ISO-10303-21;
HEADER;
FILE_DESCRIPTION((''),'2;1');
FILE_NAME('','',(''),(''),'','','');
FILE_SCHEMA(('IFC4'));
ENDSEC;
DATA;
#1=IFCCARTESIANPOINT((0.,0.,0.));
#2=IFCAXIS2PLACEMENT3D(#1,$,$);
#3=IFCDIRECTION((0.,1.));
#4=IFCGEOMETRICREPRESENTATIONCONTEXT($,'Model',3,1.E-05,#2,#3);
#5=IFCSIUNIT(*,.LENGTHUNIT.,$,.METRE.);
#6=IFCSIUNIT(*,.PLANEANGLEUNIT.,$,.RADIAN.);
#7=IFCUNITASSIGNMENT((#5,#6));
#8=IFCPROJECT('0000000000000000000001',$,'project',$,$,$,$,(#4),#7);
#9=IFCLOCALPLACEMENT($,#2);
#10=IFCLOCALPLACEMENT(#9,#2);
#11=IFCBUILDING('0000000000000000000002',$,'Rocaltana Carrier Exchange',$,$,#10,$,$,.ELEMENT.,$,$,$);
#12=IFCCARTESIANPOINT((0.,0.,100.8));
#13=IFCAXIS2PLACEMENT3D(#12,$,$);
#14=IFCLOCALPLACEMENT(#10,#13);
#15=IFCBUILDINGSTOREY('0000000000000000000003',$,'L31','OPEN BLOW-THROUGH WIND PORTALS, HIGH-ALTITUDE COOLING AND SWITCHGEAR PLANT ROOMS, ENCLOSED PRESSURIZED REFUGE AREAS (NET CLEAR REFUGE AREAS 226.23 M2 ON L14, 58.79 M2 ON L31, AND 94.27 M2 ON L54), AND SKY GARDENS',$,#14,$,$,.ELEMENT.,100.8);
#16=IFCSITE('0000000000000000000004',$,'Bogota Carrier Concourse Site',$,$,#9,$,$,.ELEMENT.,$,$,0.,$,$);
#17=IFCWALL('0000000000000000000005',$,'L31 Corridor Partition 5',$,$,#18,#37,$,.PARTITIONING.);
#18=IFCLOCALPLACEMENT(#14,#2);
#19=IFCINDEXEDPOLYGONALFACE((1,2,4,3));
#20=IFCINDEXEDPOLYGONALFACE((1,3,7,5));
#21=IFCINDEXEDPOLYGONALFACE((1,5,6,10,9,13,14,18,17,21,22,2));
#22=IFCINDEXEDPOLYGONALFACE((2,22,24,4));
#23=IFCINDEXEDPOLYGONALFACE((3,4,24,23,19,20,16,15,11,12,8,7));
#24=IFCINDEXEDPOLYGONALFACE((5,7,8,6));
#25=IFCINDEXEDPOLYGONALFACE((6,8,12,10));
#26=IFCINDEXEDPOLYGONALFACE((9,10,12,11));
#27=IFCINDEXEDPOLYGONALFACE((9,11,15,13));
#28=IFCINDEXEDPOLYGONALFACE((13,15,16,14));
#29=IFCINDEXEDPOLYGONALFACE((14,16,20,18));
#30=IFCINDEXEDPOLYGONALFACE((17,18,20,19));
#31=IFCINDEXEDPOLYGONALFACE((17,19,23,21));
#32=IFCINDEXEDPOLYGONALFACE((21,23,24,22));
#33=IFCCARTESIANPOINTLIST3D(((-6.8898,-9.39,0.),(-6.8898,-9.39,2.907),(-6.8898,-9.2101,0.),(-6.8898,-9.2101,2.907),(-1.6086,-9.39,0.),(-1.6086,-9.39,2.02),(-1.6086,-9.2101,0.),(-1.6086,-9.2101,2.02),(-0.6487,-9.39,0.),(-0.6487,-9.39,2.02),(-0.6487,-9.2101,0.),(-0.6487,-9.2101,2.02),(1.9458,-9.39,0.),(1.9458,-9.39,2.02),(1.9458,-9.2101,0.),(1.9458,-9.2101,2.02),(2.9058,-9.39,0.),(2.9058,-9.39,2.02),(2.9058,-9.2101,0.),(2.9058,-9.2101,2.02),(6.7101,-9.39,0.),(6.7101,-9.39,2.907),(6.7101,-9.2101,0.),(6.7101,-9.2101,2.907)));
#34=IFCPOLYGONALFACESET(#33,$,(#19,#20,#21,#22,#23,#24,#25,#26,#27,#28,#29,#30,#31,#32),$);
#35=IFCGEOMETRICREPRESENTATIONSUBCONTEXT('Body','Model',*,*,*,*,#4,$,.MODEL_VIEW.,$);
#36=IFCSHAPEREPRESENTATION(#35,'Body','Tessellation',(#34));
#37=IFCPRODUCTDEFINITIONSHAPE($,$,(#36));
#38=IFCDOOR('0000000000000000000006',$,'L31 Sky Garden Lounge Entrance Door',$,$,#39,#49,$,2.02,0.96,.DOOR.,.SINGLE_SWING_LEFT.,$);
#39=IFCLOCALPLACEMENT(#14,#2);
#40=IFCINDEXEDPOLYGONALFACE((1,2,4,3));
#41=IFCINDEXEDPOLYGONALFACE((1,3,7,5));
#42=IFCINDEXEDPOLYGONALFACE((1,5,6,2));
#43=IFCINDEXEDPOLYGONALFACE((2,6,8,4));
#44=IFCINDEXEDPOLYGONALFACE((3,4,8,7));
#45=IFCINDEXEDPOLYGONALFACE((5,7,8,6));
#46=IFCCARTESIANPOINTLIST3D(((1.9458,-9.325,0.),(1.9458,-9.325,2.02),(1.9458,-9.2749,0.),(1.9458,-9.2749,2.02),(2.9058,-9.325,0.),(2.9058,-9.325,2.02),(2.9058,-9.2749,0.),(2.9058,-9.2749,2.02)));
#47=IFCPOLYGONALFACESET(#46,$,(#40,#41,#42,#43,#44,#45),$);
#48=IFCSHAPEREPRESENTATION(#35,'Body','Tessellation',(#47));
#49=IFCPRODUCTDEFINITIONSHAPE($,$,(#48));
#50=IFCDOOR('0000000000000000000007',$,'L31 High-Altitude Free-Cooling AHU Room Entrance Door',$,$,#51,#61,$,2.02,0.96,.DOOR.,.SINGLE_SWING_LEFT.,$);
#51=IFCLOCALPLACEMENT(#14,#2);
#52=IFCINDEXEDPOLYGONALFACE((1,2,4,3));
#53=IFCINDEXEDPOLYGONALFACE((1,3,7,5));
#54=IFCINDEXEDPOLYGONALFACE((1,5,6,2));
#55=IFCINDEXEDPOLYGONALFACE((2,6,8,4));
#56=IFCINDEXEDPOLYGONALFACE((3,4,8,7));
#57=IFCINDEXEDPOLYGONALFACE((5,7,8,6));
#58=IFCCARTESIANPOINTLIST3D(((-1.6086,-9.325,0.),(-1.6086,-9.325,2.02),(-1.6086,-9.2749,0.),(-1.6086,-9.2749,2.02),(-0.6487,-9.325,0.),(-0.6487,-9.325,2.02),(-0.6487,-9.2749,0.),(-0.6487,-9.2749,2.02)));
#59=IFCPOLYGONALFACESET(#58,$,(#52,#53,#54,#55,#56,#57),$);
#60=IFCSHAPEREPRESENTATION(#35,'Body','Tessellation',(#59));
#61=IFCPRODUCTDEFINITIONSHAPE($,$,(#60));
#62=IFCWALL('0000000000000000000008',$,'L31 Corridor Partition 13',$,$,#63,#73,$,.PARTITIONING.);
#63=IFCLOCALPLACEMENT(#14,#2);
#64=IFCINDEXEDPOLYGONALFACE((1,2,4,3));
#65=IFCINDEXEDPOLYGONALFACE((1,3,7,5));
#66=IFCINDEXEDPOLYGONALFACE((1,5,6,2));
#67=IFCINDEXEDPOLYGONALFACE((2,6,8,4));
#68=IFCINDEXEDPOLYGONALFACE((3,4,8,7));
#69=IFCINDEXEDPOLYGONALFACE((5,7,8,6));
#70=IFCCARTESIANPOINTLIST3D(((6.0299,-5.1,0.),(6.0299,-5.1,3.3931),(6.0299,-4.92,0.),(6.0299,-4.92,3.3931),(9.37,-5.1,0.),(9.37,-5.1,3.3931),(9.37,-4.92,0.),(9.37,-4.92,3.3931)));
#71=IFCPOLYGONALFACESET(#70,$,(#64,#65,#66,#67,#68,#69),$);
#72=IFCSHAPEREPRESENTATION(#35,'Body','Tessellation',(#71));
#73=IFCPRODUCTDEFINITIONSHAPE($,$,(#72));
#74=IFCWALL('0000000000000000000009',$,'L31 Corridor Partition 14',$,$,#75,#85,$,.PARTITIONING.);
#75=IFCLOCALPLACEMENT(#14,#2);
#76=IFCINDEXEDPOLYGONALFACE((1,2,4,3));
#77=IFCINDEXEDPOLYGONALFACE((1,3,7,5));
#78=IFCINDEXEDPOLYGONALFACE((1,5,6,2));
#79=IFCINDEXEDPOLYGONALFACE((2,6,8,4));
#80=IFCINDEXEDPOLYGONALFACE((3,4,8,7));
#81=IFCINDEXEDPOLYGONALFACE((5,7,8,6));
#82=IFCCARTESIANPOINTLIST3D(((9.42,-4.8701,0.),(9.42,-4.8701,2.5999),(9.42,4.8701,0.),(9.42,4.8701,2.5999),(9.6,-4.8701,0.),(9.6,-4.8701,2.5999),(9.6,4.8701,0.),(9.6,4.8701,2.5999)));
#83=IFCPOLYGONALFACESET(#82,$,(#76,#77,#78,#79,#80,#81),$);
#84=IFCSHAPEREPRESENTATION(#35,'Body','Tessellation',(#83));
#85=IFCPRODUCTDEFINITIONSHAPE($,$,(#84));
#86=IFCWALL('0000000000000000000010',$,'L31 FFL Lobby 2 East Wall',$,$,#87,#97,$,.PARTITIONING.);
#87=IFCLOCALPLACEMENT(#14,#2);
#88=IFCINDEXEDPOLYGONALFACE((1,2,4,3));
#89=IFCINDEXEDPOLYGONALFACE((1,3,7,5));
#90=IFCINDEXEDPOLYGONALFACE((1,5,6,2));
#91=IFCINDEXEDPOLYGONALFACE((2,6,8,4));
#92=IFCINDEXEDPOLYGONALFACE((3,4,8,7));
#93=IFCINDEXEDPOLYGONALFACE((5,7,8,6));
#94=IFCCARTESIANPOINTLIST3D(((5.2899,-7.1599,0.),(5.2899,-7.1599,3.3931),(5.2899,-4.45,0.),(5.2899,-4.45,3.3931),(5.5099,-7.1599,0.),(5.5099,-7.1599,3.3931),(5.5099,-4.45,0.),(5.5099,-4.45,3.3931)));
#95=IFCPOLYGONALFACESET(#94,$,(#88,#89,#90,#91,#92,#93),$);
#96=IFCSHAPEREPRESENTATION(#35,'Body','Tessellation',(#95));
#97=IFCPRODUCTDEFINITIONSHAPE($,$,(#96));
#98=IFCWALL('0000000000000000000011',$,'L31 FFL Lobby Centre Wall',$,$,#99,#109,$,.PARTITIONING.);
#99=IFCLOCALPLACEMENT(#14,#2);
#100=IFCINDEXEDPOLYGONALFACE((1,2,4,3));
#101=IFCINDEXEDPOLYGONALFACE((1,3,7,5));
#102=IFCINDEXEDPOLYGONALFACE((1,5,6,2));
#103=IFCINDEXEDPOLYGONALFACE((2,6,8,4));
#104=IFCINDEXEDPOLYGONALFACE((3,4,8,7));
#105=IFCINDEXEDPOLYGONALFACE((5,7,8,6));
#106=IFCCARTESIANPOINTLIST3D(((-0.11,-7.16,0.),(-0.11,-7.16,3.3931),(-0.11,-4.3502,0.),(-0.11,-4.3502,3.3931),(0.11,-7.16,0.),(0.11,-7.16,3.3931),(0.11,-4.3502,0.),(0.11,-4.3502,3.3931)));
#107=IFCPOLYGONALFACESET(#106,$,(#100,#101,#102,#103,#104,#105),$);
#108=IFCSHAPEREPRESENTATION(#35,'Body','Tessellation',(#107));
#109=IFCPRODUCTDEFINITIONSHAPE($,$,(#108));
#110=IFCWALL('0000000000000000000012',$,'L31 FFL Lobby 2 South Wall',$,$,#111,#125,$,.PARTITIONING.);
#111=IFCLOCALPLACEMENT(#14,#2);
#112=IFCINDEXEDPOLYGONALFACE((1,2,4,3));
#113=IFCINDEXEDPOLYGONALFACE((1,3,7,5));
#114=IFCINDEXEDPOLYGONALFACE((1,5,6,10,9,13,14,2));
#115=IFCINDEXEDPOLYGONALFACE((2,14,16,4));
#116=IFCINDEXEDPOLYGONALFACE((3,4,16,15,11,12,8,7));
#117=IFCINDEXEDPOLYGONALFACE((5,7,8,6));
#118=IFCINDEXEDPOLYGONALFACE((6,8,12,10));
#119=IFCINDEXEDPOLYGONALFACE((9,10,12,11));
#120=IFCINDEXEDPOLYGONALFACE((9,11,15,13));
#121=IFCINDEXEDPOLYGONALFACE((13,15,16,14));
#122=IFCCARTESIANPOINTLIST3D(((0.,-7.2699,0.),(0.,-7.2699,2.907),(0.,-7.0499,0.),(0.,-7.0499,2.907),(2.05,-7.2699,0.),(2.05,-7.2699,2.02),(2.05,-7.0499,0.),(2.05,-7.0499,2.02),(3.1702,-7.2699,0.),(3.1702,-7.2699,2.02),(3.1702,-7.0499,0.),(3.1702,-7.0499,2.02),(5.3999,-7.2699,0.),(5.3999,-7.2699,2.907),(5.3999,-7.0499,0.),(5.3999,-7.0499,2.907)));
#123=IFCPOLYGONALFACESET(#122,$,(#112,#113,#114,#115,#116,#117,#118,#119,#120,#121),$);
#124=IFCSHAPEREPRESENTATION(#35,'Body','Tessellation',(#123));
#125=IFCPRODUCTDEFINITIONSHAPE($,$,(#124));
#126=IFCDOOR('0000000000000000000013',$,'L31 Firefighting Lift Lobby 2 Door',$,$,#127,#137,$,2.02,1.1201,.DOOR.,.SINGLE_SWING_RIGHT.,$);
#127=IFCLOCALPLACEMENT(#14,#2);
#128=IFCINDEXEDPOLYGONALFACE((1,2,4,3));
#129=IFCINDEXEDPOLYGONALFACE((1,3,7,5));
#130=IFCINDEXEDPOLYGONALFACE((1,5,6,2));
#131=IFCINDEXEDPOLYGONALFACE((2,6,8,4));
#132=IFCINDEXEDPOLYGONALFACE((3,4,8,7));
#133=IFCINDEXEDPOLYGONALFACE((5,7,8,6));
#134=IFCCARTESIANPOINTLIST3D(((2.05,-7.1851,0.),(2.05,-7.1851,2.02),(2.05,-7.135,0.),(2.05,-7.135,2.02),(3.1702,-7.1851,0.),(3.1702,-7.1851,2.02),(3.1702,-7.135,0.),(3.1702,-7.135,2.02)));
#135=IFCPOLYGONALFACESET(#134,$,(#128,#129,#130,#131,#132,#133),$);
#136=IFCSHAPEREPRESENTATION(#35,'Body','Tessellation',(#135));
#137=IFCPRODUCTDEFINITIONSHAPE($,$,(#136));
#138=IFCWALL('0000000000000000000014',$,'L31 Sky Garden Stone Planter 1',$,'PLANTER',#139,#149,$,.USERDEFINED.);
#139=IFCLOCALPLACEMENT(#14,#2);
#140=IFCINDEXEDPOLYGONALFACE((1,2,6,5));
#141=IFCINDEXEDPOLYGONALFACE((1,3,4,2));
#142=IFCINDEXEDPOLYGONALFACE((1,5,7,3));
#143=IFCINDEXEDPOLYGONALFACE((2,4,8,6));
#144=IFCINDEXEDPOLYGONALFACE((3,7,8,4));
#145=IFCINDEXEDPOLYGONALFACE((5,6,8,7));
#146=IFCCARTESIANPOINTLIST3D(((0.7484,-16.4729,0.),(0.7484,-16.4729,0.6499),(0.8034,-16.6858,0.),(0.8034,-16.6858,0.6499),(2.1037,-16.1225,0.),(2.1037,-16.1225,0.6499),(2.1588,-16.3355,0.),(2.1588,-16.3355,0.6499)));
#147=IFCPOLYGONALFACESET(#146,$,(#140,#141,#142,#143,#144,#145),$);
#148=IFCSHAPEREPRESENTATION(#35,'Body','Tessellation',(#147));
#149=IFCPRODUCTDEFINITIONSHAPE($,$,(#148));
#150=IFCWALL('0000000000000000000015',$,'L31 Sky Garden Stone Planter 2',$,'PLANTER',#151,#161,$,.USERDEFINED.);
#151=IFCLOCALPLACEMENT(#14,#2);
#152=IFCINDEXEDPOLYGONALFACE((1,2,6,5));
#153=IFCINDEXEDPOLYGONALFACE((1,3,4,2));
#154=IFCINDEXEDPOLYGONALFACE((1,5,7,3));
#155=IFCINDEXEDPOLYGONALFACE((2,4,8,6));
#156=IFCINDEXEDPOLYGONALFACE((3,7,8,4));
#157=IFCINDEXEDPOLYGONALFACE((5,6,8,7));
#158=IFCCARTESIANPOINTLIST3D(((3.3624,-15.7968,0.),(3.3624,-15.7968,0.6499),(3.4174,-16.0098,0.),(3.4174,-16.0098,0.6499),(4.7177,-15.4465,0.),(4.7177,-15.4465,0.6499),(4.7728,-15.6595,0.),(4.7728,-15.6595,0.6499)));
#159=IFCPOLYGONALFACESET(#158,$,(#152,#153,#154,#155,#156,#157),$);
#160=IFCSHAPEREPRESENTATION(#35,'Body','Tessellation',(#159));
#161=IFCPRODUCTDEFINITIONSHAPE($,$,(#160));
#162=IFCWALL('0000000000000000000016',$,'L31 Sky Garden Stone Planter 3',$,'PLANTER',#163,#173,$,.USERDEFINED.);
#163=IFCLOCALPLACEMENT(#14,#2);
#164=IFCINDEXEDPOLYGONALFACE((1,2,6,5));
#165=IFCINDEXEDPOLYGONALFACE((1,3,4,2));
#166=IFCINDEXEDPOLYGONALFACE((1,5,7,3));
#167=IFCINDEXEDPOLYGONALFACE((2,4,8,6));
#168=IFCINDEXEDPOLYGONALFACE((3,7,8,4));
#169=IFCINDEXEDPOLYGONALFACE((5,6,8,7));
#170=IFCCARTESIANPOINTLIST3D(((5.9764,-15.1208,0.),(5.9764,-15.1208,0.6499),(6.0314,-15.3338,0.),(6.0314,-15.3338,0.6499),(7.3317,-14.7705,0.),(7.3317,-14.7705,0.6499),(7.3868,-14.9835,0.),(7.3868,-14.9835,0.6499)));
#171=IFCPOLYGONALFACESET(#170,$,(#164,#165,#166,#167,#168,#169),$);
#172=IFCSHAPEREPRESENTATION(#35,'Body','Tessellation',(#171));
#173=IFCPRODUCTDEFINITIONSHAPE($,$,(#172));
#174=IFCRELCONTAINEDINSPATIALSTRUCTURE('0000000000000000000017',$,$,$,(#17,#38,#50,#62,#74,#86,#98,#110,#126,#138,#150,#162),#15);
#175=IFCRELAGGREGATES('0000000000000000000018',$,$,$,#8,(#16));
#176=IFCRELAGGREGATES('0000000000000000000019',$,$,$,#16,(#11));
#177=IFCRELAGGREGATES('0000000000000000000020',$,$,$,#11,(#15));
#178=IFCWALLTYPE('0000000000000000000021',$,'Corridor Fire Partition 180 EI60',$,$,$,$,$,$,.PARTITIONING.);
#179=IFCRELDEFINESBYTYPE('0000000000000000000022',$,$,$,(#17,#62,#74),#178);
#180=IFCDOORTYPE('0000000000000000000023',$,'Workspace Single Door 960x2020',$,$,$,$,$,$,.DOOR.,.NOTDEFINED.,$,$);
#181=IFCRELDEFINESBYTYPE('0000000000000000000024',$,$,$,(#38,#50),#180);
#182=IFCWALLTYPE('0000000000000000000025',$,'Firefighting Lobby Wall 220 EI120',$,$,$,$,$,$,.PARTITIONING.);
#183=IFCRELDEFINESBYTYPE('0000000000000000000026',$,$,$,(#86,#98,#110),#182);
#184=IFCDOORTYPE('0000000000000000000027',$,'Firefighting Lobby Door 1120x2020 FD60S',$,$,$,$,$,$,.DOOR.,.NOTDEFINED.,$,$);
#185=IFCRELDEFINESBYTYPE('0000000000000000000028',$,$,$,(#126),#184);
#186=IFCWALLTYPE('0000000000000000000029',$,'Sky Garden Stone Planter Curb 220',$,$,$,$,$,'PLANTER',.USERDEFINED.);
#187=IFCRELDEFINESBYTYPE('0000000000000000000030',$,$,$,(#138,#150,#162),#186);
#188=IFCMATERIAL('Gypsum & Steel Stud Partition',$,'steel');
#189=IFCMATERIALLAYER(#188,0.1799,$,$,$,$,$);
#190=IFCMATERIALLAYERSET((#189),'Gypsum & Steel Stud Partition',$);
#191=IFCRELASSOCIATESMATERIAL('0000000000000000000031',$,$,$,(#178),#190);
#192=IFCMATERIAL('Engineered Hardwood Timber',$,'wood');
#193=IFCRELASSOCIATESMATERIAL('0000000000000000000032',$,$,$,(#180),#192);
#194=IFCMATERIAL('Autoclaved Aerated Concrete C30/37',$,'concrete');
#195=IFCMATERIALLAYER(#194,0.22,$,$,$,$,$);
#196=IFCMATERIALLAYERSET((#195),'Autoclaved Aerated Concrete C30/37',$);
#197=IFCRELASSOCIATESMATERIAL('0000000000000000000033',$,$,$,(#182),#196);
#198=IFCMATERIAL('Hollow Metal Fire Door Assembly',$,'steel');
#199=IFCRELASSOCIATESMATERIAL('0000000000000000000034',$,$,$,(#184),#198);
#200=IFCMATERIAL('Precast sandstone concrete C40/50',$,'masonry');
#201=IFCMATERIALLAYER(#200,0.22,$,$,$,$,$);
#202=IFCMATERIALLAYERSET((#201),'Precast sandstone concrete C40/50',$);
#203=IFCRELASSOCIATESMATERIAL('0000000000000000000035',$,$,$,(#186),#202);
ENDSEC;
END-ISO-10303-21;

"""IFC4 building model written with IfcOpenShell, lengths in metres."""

from ifc_helpers import new_model, si_unit, direction, frame, frame_2d, origin, place, context, subcontext, project, spatial, rectangle, extrude, material, layer, layer_set, type_object, element, fill, save


model = new_model("IFC4")

# Units and contexts
model_context = context("Model", 3, precision=1e-05, world=origin(), true_north=direction((0.0, 1.0)))
body_context = subcontext(model_context, "Body", "Model", "MODEL_VIEW")
ifc_project = project(units=[si_unit("LENGTHUNIT", "METRE"), si_unit("PLANEANGLEUNIT", "RADIAN")], contexts=[model_context])

# Site, building, storey
site_placement = place(None, origin())
site = spatial("IfcSite", under=ifc_project, at=site_placement, Name="Bogota Carrier Concourse Site", CompositionType="ELEMENT", RefElevation=0.0)
building_placement = place(site_placement, origin())
building = spatial("IfcBuilding", under=site, at=building_placement, Name="Rocaltana Carrier Exchange", CompositionType="ELEMENT")
storey_placement = place(building_placement, frame((0.0, 0.0, 100.8)))
storey = spatial("IfcBuildingStorey", under=building, at=storey_placement, Name="L31", Description="OPEN BLOW-THROUGH WIND PORTALS, HIGH-ALTITUDE COOLING AND SWITCHGEAR PLANT ROOMS, ENCLOSED PRESSURIZED REFUGE AREAS (NET CLEAR REFUGE AREAS 226.23 M2 ON L14, 58.79 M2 ON L31, AND 94.27 M2 ON L54), AND SKY GARDENS", CompositionType="ELEMENT", Elevation=100.8)

# Wall, openings, doors
ifc_material_1 = material(Name="Gypsum & Steel Stud Partition", Category="steel")
ifc_layer_1 = layer(ifc_material_1, 0.1799)
ifc_layer_set_1 = layer_set([ifc_layer_1], Name="Gypsum & Steel Stud Partition")
wall_type_1 = type_object("IfcWallType", Name="Corridor Fire Partition 180 EI60", PredefinedType="PARTITIONING", material=ifc_layer_set_1)
wall_1_placement = place(storey_placement, frame((6.71, -9.3, 0.0), z_axis=(0.0, 0.0, 1.0), x_axis=(-1.0, 0.0, 0.0)))
wall_1 = element("IfcWall", 1, at=wall_1_placement, inside=storey, type_object=wall_type_1, Name="L31 Corridor Partition 5", PredefinedType="PARTITIONING", context=body_context, shape_type="SweptSolid", body=[
    extrude(rectangle(XDim=13.5999, YDim=0.1799, at=frame_2d((6.7998, 0.0))), origin(), (0.0, 0.0, 1.0), 2.907),
])
opening_1_placement = place(wall_1_placement, frame((3.8042, 0.0, 0.0)))
opening_1 = element("IfcOpeningElement", 2, at=opening_1_placement, cuts=wall_1, PredefinedType="OPENING", context=body_context, shape_type="SweptSolid", body=[
    extrude(rectangle(XDim=0.96, YDim=2.02, at=frame_2d((0.48, 1.01))), frame((0.0, 0.0999, 0.0), z_axis=(0.0, -1.0, 0.0), x_axis=(1.0, 0.0, 0.0)), (0.0, 0.0, 1.0), 0.2),
])
opening_2_placement = place(wall_1_placement, frame((7.3586, 0.0, 0.0)))
opening_2 = element("IfcOpeningElement", 3, at=opening_2_placement, cuts=wall_1, PredefinedType="OPENING", context=body_context, shape_type="SweptSolid", body=[
    extrude(rectangle(XDim=0.96, YDim=2.02, at=frame_2d((0.48, 1.01))), frame((0.0, 0.0999, 0.0), z_axis=(0.0, -1.0, 0.0), x_axis=(1.0, 0.0, 0.0)), (0.0, 0.0, 1.0), 0.2),
])
ifc_material_2 = material(Name="Engineered Hardwood Timber", Category="wood")
door_type_1 = type_object("IfcDoorType", Name="Workspace Single Door 960x2020", OperationType="NOTDEFINED", PredefinedType="DOOR", material=ifc_material_2)
door_1_placement = place(opening_1_placement, origin())
door_1 = element("IfcDoor", 4, at=door_1_placement, inside=storey, type_object=door_type_1, Name="L31 Sky Garden Lounge Entrance Door", OperationType="SINGLE_SWING_LEFT", OverallHeight=2.02, OverallWidth=0.96, PredefinedType="DOOR", context=body_context, shape_type="SweptSolid", body=[
    extrude(rectangle(XDim=0.96, YDim=2.02, at=frame_2d((0.48, 1.01))), frame((0.0, 0.0249, 0.0), z_axis=(0.0, -1.0, 0.0), x_axis=(1.0, 0.0, 0.0)), (0.0, 0.0, 1.0), 0.05),
])
fill(opening_1, door_1)
door_2_placement = place(opening_2_placement, origin())
door_2 = element("IfcDoor", 5, at=door_2_placement, inside=storey, type_object=door_type_1, Name="L31 High-Altitude Free-Cooling AHU Room Entrance Door", OperationType="SINGLE_SWING_LEFT", OverallHeight=2.02, OverallWidth=0.96, PredefinedType="DOOR", context=body_context, shape_type="SweptSolid", body=[
    extrude(rectangle(XDim=0.96, YDim=2.02, at=frame_2d((0.48, 1.01))), frame((0.0, 0.0249, 0.0), z_axis=(0.0, -1.0, 0.0), x_axis=(1.0, 0.0, 0.0)), (0.0, 0.0, 1.0), 0.05),
])
fill(opening_2, door_2)

# Walls
wall_2_placement = place(storey_placement, frame((6.03, -5.01, 0.0), z_axis=(0.0, 0.0, 1.0), x_axis=(1.0, 0.0, 0.0)))
element("IfcWall", 6, at=wall_2_placement, inside=storey, type_object=wall_type_1, Name="L31 Corridor Partition 13", PredefinedType="PARTITIONING", context=body_context, shape_type="SweptSolid", body=[
    extrude(rectangle(XDim=3.3401, YDim=0.1799, at=frame_2d((1.6699, 0.0))), origin(), (0.0, 0.0, 1.0), 3.3931),
])
wall_3_placement = place(storey_placement, frame((9.51, -4.8701, 0.0), z_axis=(0.0, 0.0, 1.0), x_axis=(0.0, 1.0, 0.0)))
element("IfcWall", 7, at=wall_3_placement, inside=storey, type_object=wall_type_1, Name="L31 Corridor Partition 14", PredefinedType="PARTITIONING", context=body_context, shape_type="SweptSolid", body=[
    extrude(rectangle(XDim=9.7402, YDim=0.1799, at=frame_2d((4.8701, 0.0))), origin(), (0.0, 0.0, 1.0), 2.5999),
])
ifc_material_3 = material(Name="Autoclaved Aerated Concrete C30/37", Category="concrete")
ifc_layer_2 = layer(ifc_material_3, 0.22)
ifc_layer_set_2 = layer_set([ifc_layer_2], Name="Autoclaved Aerated Concrete C30/37")
wall_type_2 = type_object("IfcWallType", Name="Firefighting Lobby Wall 220 EI120", PredefinedType="PARTITIONING", material=ifc_layer_set_2)
wall_4_placement = place(storey_placement, frame((5.3999, -7.1599, 0.0), z_axis=(0.0, 0.0, 1.0), x_axis=(0.0, 1.0, 0.0)))
element("IfcWall", 8, at=wall_4_placement, inside=storey, type_object=wall_type_2, Name="L31 FFL Lobby 2 East Wall", PredefinedType="PARTITIONING", context=body_context, shape_type="SweptSolid", body=[
    extrude(rectangle(XDim=2.71, YDim=0.22, at=frame_2d((1.355, 0.0))), origin(), (0.0, 0.0, 1.0), 3.3931),
])
wall_5_placement = place(storey_placement, frame((0.0, -7.1599, 0.0), z_axis=(0.0, 0.0, 1.0), x_axis=(0.0, 1.0, 0.0)))
element("IfcWall", 9, at=wall_5_placement, inside=storey, type_object=wall_type_2, Name="L31 FFL Lobby Centre Wall", PredefinedType="PARTITIONING", context=body_context, shape_type="SweptSolid", body=[
    extrude(rectangle(XDim=2.8098, YDim=0.22, at=frame_2d((1.4048, 0.0))), origin(), (0.0, 0.0, 1.0), 3.3931),
])

# Wall, opening, door
wall_6_placement = place(storey_placement, frame((0.0, -7.1599, 0.0), z_axis=(0.0, 0.0, 1.0), x_axis=(1.0, 0.0, 0.0)))
wall_6 = element("IfcWall", 10, at=wall_6_placement, inside=storey, type_object=wall_type_2, Name="L31 FFL Lobby 2 South Wall", PredefinedType="PARTITIONING", context=body_context, shape_type="SweptSolid", body=[
    extrude(rectangle(XDim=5.3999, YDim=0.22, at=frame_2d((2.7, 0.0))), origin(), (0.0, 0.0, 1.0), 2.907),
])
opening_3_placement = place(wall_6_placement, frame((2.05, 0.0, 0.0)))
opening_3 = element("IfcOpeningElement", 11, at=opening_3_placement, cuts=wall_6, PredefinedType="OPENING", context=body_context, shape_type="SweptSolid", body=[
    extrude(rectangle(XDim=1.1201, YDim=2.02, at=frame_2d((0.5601, 1.01))), frame((0.0, 0.1199, 0.0), z_axis=(0.0, -1.0, 0.0), x_axis=(1.0, 0.0, 0.0)), (0.0, 0.0, 1.0), 0.24),
])
ifc_material_4 = material(Name="Hollow Metal Fire Door Assembly", Category="steel")
door_type_2 = type_object("IfcDoorType", Name="Firefighting Lobby Door 1120x2020 FD60S", OperationType="NOTDEFINED", PredefinedType="DOOR", material=ifc_material_4)
door_3_placement = place(opening_3_placement, origin())
door_3 = element("IfcDoor", 12, at=door_3_placement, inside=storey, type_object=door_type_2, Name="L31 Firefighting Lift Lobby 2 Door", OperationType="SINGLE_SWING_RIGHT", OverallHeight=2.02, OverallWidth=1.1201, PredefinedType="DOOR", context=body_context, shape_type="SweptSolid", body=[
    extrude(rectangle(XDim=1.1201, YDim=2.02, at=frame_2d((0.5601, 1.01))), frame((0.0, 0.0249, 0.0), z_axis=(0.0, -1.0, 0.0), x_axis=(1.0, 0.0, 0.0)), (0.0, 0.0, 1.0), 0.05),
])
fill(opening_3, door_3)

# Walls
ifc_material_5 = material(Name="Precast sandstone concrete C40/50", Category="masonry")
ifc_layer_3 = layer(ifc_material_5, 0.22)
ifc_layer_set_3 = layer_set([ifc_layer_3], Name="Precast sandstone concrete C40/50")
wall_type_3 = type_object("IfcWallType", Name="Sky Garden Stone Planter Curb 220", ElementType="PLANTER", PredefinedType="USERDEFINED", material=ifc_layer_set_3)
for number, where, z_axis, x_axis, name in (
    (13, (0.7759, -16.5793, 0.0), (0.0, 0.0, 1.0), (0.968183, 0.250242, 0.0), "L31 Sky Garden Stone Planter 1"),
    (14, (3.3899, -15.9033, 0.0), (0.0, 0.0, 1.0), (0.968183, 0.250242, 0.0), "L31 Sky Garden Stone Planter 2"),
    (15, (6.0039, -15.2273, 0.0), (0.0, 0.0, 1.0), (0.968183, 0.250242, 0.0), "L31 Sky Garden Stone Planter 3"),
):
    element("IfcWall", number, at=place(storey_placement, frame(where, z_axis=z_axis, x_axis=x_axis)), inside=storey, type_object=wall_type_3, Name=name, ObjectType="PLANTER", PredefinedType="USERDEFINED", context=body_context, shape_type="SweptSolid", body=[
        extrude(rectangle(XDim=1.3999, YDim=0.22, at=frame_2d((0.7, 0.0))), origin(), (0.0, 0.0, 1.0), 0.6499),
    ])

save(model, "model.ifc")
